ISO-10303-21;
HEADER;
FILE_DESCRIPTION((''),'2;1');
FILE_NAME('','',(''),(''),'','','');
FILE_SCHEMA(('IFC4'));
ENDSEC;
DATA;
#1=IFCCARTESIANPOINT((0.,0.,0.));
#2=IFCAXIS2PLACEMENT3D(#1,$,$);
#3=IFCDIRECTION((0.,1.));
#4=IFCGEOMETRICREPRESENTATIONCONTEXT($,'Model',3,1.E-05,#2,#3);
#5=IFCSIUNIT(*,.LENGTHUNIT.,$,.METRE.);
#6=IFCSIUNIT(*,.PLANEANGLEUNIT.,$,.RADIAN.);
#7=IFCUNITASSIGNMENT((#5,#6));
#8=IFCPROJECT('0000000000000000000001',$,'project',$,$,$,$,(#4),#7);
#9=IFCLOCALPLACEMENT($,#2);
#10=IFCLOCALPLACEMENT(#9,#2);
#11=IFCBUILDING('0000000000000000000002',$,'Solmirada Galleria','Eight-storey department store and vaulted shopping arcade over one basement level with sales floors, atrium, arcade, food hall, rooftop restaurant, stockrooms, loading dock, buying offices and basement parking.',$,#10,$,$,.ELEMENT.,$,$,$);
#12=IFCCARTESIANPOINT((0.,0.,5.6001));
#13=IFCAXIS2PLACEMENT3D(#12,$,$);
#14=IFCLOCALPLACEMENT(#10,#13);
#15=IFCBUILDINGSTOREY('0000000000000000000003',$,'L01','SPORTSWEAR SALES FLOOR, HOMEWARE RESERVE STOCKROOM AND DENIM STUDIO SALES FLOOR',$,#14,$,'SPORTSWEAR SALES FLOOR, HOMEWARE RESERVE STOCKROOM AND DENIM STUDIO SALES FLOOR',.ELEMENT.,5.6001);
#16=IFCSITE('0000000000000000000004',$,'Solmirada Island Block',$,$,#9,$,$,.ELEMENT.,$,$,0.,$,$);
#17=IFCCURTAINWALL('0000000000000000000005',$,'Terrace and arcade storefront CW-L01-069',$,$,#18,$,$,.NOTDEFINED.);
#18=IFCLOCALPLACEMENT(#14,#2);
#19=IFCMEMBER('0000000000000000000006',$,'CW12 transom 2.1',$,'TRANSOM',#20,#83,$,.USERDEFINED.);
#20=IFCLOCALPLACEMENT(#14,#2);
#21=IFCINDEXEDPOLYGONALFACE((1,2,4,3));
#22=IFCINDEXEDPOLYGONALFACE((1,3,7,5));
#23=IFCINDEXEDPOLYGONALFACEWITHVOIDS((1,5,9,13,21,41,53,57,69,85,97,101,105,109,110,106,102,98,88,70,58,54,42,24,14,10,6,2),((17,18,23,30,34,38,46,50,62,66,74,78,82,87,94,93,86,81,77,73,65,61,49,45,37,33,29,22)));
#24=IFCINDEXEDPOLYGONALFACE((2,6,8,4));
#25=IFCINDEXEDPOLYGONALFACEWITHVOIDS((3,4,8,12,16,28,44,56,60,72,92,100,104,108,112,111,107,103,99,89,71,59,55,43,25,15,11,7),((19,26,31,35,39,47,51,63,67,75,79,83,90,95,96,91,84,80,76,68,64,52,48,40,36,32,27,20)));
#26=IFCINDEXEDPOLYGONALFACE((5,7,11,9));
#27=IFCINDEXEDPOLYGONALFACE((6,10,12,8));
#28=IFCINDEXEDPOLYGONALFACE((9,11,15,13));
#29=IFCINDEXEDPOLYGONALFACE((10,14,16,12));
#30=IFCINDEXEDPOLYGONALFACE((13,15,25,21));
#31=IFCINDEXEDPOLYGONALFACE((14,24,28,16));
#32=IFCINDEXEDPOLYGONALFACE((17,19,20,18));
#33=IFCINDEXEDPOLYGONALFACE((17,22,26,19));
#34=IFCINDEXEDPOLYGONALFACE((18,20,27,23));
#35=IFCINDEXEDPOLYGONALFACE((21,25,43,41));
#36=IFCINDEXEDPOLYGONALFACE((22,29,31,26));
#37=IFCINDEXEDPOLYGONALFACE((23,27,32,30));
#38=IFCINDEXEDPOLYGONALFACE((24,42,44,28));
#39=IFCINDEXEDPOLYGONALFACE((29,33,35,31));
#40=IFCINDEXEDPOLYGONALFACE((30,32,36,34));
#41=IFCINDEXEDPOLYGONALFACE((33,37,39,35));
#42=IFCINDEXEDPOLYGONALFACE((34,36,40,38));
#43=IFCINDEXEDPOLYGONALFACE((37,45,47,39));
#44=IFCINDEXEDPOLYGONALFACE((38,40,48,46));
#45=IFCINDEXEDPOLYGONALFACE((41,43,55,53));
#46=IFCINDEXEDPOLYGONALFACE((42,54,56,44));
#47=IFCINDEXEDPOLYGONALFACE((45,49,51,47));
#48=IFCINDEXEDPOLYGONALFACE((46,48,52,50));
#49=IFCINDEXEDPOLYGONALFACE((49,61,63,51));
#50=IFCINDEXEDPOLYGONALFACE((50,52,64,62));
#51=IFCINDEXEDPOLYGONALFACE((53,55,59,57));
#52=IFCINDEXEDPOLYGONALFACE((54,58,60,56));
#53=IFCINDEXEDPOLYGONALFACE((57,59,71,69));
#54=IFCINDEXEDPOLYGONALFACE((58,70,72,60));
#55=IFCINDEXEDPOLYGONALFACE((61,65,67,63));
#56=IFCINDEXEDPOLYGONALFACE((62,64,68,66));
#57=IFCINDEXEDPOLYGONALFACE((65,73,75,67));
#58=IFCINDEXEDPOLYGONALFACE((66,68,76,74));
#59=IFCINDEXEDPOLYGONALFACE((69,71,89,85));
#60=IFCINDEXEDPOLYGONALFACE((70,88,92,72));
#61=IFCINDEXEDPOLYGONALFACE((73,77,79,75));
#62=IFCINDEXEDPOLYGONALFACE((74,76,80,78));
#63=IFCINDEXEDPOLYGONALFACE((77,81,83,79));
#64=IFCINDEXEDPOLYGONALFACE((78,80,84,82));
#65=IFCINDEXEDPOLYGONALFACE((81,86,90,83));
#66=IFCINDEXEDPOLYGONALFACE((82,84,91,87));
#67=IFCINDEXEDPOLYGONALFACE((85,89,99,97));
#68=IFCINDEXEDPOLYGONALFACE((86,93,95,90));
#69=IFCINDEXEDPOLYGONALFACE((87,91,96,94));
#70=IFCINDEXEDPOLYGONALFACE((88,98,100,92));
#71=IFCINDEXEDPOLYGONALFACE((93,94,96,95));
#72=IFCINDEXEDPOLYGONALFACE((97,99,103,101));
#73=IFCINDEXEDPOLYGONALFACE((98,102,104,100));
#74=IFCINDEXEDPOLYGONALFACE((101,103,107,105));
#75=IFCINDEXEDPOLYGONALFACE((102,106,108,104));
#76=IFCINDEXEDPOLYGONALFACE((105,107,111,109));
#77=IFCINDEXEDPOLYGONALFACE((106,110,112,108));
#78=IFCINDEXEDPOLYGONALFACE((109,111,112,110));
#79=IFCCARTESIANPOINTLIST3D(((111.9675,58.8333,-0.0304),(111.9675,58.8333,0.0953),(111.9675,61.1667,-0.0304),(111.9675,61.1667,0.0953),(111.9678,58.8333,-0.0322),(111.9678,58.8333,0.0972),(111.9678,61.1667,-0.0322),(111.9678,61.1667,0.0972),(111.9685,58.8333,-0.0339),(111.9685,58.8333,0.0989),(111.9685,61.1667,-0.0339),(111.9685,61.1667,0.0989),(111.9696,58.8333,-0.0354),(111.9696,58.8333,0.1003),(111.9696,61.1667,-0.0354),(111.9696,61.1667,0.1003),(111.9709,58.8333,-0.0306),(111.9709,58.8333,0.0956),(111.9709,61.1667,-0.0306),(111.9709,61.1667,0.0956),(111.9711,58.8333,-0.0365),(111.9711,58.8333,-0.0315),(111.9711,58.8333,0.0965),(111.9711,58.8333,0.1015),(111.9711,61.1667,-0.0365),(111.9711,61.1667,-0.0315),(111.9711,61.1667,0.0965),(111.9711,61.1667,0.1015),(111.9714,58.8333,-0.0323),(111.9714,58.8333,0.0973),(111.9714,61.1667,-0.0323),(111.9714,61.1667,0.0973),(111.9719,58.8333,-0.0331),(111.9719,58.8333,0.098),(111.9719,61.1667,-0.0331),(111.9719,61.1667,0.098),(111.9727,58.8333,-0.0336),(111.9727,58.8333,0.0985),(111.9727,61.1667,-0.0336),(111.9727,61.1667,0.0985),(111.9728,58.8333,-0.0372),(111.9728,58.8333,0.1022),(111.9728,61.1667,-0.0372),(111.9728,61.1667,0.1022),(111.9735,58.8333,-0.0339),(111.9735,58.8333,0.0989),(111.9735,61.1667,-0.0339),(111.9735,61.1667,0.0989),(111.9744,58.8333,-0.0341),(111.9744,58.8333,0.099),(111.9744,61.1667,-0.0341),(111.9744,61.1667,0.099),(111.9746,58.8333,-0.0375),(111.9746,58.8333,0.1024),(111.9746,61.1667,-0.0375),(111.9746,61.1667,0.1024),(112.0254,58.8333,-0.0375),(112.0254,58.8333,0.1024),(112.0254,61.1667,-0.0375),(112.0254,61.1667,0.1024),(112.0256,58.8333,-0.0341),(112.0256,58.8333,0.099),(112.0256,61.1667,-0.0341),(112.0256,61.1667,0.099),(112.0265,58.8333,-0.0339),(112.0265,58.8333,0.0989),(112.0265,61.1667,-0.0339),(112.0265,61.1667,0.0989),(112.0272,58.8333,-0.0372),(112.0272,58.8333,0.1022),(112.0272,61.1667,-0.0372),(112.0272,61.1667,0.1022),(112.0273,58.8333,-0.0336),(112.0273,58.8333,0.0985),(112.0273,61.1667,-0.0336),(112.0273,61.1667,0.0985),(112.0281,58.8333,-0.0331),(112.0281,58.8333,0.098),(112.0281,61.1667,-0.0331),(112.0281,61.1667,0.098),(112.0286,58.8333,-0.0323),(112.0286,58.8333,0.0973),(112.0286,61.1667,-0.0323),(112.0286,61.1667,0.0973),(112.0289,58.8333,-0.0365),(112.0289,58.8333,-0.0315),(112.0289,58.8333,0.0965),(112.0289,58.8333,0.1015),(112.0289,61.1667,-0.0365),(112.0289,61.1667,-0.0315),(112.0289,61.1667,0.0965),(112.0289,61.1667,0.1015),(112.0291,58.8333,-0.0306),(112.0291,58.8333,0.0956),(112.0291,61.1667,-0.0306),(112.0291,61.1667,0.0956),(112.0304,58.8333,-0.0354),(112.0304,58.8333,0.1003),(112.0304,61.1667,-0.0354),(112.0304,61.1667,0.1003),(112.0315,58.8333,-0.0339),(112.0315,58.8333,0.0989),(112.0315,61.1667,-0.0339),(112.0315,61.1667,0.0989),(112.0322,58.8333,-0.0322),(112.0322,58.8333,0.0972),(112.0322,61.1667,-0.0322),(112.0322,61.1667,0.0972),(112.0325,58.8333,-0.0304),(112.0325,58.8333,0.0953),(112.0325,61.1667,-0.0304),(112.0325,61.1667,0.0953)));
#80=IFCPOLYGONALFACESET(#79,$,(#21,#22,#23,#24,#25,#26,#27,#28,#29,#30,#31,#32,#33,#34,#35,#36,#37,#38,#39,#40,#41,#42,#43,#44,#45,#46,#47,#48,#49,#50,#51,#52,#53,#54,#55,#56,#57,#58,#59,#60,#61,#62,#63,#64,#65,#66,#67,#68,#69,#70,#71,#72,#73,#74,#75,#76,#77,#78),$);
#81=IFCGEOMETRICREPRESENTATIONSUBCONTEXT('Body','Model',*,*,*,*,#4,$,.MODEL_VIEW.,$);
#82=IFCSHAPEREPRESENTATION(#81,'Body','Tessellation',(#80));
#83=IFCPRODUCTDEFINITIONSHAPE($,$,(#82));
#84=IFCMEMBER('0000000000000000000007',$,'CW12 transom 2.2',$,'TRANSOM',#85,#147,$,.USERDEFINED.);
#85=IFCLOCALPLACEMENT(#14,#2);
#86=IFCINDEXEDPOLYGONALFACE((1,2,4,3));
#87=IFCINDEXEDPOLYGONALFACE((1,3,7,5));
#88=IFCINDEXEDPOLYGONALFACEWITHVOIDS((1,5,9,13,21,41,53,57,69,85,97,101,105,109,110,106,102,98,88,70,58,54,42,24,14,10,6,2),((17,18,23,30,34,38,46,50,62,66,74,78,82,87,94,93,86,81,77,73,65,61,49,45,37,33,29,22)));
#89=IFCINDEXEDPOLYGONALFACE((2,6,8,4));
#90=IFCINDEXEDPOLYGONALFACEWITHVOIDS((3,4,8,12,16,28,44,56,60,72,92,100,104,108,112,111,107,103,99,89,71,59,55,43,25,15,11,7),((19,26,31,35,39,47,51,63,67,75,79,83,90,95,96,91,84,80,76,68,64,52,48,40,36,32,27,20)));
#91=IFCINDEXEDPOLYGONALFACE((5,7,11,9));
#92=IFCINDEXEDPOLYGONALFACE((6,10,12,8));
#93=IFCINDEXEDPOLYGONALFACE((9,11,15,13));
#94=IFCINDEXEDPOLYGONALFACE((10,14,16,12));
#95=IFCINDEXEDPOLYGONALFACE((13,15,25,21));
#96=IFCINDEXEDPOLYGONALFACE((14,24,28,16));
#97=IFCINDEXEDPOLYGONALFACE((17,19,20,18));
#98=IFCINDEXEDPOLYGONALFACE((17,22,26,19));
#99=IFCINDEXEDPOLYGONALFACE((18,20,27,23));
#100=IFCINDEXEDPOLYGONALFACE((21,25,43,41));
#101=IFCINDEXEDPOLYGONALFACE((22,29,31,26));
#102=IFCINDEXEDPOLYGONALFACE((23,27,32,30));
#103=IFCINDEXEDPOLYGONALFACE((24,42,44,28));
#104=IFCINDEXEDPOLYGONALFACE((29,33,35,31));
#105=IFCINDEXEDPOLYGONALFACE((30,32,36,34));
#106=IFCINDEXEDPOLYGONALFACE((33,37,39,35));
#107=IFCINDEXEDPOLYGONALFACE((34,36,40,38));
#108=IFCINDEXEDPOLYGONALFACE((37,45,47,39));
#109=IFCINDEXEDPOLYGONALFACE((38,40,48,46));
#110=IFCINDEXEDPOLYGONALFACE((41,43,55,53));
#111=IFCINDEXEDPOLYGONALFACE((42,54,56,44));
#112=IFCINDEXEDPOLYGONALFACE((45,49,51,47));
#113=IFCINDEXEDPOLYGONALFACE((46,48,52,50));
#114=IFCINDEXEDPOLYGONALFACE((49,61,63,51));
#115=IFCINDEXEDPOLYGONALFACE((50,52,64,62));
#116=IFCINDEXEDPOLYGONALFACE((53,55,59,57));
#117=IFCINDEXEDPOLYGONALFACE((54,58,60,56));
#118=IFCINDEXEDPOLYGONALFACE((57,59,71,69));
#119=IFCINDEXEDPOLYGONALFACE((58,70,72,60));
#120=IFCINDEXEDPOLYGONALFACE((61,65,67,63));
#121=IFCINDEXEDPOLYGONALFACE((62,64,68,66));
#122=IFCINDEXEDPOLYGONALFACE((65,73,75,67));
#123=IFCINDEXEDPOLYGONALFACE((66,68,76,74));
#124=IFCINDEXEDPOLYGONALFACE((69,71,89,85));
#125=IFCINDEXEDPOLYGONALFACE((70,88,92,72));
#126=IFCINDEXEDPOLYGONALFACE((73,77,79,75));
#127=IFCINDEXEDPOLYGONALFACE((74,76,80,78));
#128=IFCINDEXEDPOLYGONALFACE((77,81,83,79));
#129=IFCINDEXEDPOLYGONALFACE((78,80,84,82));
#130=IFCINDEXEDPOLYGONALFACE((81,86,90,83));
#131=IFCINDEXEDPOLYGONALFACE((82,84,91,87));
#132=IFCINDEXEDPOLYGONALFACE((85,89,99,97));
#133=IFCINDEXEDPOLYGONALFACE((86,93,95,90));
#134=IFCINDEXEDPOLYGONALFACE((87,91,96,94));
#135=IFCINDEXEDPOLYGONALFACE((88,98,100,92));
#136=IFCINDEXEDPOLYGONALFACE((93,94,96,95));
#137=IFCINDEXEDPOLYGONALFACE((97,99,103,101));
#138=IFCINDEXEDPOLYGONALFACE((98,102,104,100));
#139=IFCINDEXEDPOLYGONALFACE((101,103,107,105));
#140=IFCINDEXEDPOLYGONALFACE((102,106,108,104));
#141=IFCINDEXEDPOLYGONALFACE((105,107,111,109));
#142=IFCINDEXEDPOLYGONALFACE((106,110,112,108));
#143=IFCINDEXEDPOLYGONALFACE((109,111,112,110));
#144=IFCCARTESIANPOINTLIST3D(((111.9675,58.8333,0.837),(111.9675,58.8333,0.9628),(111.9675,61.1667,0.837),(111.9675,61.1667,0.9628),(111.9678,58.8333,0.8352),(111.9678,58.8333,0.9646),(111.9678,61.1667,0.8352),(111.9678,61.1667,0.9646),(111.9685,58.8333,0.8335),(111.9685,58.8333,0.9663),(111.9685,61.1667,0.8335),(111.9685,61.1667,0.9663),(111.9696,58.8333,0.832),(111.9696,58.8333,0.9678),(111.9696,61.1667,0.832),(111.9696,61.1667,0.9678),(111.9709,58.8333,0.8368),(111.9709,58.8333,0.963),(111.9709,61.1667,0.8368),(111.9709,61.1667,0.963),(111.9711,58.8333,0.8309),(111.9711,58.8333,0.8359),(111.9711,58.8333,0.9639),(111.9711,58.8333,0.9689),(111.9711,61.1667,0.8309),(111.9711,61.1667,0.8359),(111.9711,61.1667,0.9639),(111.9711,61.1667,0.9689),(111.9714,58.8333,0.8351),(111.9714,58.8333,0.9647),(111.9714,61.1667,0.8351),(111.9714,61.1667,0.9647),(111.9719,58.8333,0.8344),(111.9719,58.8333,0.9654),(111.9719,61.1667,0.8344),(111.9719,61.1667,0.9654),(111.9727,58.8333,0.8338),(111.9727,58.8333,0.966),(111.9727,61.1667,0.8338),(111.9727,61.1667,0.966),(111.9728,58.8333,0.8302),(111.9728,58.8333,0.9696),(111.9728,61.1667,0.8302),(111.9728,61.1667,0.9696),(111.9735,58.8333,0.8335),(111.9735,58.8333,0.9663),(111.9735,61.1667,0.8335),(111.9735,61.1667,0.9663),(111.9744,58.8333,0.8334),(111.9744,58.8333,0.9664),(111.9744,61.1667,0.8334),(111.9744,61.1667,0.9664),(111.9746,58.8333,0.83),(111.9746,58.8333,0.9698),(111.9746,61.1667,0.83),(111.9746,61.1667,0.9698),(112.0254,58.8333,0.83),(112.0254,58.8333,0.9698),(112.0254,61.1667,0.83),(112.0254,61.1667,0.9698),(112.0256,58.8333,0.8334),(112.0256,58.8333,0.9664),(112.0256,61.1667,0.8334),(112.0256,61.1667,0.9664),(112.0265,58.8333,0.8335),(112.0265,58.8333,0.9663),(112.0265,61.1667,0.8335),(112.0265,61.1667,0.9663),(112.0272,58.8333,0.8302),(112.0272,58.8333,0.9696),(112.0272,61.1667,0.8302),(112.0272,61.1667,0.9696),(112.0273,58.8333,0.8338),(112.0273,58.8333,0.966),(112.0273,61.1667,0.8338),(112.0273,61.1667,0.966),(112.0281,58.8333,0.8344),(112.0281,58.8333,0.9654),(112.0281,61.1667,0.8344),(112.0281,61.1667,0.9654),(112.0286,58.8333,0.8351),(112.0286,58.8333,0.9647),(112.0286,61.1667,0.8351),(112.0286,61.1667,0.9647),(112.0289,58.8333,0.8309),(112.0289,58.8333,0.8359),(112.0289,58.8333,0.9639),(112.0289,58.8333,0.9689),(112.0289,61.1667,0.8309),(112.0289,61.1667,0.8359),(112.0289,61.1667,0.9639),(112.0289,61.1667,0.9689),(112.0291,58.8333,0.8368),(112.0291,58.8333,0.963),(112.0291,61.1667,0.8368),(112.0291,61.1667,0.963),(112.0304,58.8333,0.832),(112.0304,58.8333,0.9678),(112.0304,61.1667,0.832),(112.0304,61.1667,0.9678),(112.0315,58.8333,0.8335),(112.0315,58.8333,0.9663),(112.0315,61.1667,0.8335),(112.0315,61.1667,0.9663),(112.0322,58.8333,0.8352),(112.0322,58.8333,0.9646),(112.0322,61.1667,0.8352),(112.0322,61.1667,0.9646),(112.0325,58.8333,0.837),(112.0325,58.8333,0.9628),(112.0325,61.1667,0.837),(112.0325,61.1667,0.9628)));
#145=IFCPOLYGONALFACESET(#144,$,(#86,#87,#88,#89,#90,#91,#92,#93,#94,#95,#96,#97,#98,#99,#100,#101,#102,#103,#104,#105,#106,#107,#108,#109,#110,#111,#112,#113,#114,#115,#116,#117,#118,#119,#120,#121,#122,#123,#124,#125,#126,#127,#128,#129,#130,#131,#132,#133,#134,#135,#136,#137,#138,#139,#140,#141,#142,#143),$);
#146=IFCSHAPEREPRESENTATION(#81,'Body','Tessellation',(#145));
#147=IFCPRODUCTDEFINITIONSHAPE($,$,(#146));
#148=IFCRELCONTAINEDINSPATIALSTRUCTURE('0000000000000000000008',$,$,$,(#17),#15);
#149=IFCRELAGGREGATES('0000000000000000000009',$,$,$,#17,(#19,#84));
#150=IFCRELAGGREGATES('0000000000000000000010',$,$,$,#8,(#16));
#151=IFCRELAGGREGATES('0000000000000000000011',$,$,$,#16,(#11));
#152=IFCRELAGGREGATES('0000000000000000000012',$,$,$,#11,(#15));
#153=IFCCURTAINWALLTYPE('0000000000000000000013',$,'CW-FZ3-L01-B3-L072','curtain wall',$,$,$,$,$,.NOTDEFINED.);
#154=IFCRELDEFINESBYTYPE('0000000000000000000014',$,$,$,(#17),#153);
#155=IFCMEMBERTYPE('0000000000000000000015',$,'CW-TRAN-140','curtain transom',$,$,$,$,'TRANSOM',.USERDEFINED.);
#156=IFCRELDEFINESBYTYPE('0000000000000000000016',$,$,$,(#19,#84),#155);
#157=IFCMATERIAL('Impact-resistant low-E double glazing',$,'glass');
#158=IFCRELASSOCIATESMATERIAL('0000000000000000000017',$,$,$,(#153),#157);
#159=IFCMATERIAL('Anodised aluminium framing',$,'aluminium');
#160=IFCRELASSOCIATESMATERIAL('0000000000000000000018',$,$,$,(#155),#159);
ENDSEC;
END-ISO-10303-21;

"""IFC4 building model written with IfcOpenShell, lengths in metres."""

from ifc_helpers import new_model, si_unit, direction, frame, origin, origin_2d, place, context, subcontext, project, spatial, hollow_rectangle, extrude, material, material_profile, profile_set, type_object, element, aggregate, save


model = new_model("IFC4")

# Units and contexts
model_context = context("Model", 3, precision=1e-05, world=origin(), true_north=direction((0.0, 1.0)))
body_context = subcontext(model_context, "Body", "Model", "MODEL_VIEW")
ifc_project = project(units=[si_unit("LENGTHUNIT", "METRE"), si_unit("PLANEANGLEUNIT", "RADIAN")], contexts=[model_context])

# Site, building, storey
site_placement = place(None, origin())
site = spatial("IfcSite", under=ifc_project, at=site_placement, Name="Solmirada Island Block", CompositionType="ELEMENT", RefElevation=0.0)
building_placement = place(site_placement, origin())
building = spatial("IfcBuilding", under=site, at=building_placement, Name="Solmirada Galleria", Description="Eight-storey department store and vaulted shopping arcade over one basement level with sales floors, atrium, arcade, food hall, rooftop restaurant, stockrooms, loading dock, buying offices and basement parking.", CompositionType="ELEMENT")
storey_placement = place(building_placement, frame((0.0, 0.0, 5.6001)))
storey = spatial("IfcBuildingStorey", under=building, at=storey_placement, Name="L01", Description="SPORTSWEAR SALES FLOOR, HOMEWARE RESERVE STOCKROOM AND DENIM STUDIO SALES FLOOR", LongName="SPORTSWEAR SALES FLOOR, HOMEWARE RESERVE STOCKROOM AND DENIM STUDIO SALES FLOOR", CompositionType="ELEMENT", Elevation=5.6001)

# Curtain wall
ifc_material_1 = material(Name="Impact-resistant low-E double glazing", Category="glass")
curtain_wall_type = type_object("IfcCurtainWallType", Name="CW-FZ3-L01-B3-L072", Description="curtain wall", PredefinedType="NOTDEFINED", material=ifc_material_1)
curtain_wall_1_placement = place(storey_placement, origin())
curtain_wall_1 = element("IfcCurtainWall", 1, at=curtain_wall_1_placement, inside=storey, type_object=curtain_wall_type, Name="Terrace and arcade storefront CW-L01-069", PredefinedType="NOTDEFINED")
ifc_material_2 = material(Name="Anodised aluminium framing", Category="aluminium")

# Members
ifc_material_profile_1 = material_profile(ifc_material_2, hollow_rectangle(XDim=0.0649, YDim=0.1399, WallThickness=0.0034, InnerFilletRadius=0.0034, OuterFilletRadius=0.0071, at=origin_2d()), Name="ALU-TRAN-140X65")
ifc_profile_set_1 = profile_set([ifc_material_profile_1], Name="Anodised aluminium framing")
member_type_1 = type_object("IfcMemberType", Name="CW-TRAN-140", Description="curtain transom", ElementType="TRANSOM", PredefinedType="USERDEFINED", material=ifc_profile_set_1)
member_1_placement = place(storey_placement, frame((112.0, 61.1667, 0.0325), z_axis=(0.0, -1.0, 0.0), x_axis=(1.0, 0.0, 0.0)))
member_1 = element("IfcMember", 2, at=member_1_placement, type_object=member_type_1, Name="CW12 transom 2.1", ObjectType="TRANSOM", PredefinedType="USERDEFINED", context=body_context, shape_type="SweptSolid", body=[
    extrude(hollow_rectangle(XDim=0.0649, YDim=0.1399, WallThickness=0.0034, InnerFilletRadius=0.0034, OuterFilletRadius=0.0071, at=origin_2d()), origin(), (0.0, 0.0, 1.0), 2.3335),
])
member_2_placement = place(storey_placement, frame((112.0, 61.1667, 0.8999), z_axis=(0.0, -1.0, 0.0), x_axis=(1.0, 0.0, 0.0)))
member_2 = element("IfcMember", 3, at=member_2_placement, type_object=member_type_1, Name="CW12 transom 2.2", ObjectType="TRANSOM", PredefinedType="USERDEFINED", context=body_context, shape_type="SweptSolid", body=[
    extrude(hollow_rectangle(XDim=0.0649, YDim=0.1399, WallThickness=0.0034, InnerFilletRadius=0.0034, OuterFilletRadius=0.0071, at=origin_2d()), origin(), (0.0, 0.0, 1.0), 2.3335),
])

aggregate(curtain_wall_1, [member_1, member_2])

save(model, "model.ifc")
